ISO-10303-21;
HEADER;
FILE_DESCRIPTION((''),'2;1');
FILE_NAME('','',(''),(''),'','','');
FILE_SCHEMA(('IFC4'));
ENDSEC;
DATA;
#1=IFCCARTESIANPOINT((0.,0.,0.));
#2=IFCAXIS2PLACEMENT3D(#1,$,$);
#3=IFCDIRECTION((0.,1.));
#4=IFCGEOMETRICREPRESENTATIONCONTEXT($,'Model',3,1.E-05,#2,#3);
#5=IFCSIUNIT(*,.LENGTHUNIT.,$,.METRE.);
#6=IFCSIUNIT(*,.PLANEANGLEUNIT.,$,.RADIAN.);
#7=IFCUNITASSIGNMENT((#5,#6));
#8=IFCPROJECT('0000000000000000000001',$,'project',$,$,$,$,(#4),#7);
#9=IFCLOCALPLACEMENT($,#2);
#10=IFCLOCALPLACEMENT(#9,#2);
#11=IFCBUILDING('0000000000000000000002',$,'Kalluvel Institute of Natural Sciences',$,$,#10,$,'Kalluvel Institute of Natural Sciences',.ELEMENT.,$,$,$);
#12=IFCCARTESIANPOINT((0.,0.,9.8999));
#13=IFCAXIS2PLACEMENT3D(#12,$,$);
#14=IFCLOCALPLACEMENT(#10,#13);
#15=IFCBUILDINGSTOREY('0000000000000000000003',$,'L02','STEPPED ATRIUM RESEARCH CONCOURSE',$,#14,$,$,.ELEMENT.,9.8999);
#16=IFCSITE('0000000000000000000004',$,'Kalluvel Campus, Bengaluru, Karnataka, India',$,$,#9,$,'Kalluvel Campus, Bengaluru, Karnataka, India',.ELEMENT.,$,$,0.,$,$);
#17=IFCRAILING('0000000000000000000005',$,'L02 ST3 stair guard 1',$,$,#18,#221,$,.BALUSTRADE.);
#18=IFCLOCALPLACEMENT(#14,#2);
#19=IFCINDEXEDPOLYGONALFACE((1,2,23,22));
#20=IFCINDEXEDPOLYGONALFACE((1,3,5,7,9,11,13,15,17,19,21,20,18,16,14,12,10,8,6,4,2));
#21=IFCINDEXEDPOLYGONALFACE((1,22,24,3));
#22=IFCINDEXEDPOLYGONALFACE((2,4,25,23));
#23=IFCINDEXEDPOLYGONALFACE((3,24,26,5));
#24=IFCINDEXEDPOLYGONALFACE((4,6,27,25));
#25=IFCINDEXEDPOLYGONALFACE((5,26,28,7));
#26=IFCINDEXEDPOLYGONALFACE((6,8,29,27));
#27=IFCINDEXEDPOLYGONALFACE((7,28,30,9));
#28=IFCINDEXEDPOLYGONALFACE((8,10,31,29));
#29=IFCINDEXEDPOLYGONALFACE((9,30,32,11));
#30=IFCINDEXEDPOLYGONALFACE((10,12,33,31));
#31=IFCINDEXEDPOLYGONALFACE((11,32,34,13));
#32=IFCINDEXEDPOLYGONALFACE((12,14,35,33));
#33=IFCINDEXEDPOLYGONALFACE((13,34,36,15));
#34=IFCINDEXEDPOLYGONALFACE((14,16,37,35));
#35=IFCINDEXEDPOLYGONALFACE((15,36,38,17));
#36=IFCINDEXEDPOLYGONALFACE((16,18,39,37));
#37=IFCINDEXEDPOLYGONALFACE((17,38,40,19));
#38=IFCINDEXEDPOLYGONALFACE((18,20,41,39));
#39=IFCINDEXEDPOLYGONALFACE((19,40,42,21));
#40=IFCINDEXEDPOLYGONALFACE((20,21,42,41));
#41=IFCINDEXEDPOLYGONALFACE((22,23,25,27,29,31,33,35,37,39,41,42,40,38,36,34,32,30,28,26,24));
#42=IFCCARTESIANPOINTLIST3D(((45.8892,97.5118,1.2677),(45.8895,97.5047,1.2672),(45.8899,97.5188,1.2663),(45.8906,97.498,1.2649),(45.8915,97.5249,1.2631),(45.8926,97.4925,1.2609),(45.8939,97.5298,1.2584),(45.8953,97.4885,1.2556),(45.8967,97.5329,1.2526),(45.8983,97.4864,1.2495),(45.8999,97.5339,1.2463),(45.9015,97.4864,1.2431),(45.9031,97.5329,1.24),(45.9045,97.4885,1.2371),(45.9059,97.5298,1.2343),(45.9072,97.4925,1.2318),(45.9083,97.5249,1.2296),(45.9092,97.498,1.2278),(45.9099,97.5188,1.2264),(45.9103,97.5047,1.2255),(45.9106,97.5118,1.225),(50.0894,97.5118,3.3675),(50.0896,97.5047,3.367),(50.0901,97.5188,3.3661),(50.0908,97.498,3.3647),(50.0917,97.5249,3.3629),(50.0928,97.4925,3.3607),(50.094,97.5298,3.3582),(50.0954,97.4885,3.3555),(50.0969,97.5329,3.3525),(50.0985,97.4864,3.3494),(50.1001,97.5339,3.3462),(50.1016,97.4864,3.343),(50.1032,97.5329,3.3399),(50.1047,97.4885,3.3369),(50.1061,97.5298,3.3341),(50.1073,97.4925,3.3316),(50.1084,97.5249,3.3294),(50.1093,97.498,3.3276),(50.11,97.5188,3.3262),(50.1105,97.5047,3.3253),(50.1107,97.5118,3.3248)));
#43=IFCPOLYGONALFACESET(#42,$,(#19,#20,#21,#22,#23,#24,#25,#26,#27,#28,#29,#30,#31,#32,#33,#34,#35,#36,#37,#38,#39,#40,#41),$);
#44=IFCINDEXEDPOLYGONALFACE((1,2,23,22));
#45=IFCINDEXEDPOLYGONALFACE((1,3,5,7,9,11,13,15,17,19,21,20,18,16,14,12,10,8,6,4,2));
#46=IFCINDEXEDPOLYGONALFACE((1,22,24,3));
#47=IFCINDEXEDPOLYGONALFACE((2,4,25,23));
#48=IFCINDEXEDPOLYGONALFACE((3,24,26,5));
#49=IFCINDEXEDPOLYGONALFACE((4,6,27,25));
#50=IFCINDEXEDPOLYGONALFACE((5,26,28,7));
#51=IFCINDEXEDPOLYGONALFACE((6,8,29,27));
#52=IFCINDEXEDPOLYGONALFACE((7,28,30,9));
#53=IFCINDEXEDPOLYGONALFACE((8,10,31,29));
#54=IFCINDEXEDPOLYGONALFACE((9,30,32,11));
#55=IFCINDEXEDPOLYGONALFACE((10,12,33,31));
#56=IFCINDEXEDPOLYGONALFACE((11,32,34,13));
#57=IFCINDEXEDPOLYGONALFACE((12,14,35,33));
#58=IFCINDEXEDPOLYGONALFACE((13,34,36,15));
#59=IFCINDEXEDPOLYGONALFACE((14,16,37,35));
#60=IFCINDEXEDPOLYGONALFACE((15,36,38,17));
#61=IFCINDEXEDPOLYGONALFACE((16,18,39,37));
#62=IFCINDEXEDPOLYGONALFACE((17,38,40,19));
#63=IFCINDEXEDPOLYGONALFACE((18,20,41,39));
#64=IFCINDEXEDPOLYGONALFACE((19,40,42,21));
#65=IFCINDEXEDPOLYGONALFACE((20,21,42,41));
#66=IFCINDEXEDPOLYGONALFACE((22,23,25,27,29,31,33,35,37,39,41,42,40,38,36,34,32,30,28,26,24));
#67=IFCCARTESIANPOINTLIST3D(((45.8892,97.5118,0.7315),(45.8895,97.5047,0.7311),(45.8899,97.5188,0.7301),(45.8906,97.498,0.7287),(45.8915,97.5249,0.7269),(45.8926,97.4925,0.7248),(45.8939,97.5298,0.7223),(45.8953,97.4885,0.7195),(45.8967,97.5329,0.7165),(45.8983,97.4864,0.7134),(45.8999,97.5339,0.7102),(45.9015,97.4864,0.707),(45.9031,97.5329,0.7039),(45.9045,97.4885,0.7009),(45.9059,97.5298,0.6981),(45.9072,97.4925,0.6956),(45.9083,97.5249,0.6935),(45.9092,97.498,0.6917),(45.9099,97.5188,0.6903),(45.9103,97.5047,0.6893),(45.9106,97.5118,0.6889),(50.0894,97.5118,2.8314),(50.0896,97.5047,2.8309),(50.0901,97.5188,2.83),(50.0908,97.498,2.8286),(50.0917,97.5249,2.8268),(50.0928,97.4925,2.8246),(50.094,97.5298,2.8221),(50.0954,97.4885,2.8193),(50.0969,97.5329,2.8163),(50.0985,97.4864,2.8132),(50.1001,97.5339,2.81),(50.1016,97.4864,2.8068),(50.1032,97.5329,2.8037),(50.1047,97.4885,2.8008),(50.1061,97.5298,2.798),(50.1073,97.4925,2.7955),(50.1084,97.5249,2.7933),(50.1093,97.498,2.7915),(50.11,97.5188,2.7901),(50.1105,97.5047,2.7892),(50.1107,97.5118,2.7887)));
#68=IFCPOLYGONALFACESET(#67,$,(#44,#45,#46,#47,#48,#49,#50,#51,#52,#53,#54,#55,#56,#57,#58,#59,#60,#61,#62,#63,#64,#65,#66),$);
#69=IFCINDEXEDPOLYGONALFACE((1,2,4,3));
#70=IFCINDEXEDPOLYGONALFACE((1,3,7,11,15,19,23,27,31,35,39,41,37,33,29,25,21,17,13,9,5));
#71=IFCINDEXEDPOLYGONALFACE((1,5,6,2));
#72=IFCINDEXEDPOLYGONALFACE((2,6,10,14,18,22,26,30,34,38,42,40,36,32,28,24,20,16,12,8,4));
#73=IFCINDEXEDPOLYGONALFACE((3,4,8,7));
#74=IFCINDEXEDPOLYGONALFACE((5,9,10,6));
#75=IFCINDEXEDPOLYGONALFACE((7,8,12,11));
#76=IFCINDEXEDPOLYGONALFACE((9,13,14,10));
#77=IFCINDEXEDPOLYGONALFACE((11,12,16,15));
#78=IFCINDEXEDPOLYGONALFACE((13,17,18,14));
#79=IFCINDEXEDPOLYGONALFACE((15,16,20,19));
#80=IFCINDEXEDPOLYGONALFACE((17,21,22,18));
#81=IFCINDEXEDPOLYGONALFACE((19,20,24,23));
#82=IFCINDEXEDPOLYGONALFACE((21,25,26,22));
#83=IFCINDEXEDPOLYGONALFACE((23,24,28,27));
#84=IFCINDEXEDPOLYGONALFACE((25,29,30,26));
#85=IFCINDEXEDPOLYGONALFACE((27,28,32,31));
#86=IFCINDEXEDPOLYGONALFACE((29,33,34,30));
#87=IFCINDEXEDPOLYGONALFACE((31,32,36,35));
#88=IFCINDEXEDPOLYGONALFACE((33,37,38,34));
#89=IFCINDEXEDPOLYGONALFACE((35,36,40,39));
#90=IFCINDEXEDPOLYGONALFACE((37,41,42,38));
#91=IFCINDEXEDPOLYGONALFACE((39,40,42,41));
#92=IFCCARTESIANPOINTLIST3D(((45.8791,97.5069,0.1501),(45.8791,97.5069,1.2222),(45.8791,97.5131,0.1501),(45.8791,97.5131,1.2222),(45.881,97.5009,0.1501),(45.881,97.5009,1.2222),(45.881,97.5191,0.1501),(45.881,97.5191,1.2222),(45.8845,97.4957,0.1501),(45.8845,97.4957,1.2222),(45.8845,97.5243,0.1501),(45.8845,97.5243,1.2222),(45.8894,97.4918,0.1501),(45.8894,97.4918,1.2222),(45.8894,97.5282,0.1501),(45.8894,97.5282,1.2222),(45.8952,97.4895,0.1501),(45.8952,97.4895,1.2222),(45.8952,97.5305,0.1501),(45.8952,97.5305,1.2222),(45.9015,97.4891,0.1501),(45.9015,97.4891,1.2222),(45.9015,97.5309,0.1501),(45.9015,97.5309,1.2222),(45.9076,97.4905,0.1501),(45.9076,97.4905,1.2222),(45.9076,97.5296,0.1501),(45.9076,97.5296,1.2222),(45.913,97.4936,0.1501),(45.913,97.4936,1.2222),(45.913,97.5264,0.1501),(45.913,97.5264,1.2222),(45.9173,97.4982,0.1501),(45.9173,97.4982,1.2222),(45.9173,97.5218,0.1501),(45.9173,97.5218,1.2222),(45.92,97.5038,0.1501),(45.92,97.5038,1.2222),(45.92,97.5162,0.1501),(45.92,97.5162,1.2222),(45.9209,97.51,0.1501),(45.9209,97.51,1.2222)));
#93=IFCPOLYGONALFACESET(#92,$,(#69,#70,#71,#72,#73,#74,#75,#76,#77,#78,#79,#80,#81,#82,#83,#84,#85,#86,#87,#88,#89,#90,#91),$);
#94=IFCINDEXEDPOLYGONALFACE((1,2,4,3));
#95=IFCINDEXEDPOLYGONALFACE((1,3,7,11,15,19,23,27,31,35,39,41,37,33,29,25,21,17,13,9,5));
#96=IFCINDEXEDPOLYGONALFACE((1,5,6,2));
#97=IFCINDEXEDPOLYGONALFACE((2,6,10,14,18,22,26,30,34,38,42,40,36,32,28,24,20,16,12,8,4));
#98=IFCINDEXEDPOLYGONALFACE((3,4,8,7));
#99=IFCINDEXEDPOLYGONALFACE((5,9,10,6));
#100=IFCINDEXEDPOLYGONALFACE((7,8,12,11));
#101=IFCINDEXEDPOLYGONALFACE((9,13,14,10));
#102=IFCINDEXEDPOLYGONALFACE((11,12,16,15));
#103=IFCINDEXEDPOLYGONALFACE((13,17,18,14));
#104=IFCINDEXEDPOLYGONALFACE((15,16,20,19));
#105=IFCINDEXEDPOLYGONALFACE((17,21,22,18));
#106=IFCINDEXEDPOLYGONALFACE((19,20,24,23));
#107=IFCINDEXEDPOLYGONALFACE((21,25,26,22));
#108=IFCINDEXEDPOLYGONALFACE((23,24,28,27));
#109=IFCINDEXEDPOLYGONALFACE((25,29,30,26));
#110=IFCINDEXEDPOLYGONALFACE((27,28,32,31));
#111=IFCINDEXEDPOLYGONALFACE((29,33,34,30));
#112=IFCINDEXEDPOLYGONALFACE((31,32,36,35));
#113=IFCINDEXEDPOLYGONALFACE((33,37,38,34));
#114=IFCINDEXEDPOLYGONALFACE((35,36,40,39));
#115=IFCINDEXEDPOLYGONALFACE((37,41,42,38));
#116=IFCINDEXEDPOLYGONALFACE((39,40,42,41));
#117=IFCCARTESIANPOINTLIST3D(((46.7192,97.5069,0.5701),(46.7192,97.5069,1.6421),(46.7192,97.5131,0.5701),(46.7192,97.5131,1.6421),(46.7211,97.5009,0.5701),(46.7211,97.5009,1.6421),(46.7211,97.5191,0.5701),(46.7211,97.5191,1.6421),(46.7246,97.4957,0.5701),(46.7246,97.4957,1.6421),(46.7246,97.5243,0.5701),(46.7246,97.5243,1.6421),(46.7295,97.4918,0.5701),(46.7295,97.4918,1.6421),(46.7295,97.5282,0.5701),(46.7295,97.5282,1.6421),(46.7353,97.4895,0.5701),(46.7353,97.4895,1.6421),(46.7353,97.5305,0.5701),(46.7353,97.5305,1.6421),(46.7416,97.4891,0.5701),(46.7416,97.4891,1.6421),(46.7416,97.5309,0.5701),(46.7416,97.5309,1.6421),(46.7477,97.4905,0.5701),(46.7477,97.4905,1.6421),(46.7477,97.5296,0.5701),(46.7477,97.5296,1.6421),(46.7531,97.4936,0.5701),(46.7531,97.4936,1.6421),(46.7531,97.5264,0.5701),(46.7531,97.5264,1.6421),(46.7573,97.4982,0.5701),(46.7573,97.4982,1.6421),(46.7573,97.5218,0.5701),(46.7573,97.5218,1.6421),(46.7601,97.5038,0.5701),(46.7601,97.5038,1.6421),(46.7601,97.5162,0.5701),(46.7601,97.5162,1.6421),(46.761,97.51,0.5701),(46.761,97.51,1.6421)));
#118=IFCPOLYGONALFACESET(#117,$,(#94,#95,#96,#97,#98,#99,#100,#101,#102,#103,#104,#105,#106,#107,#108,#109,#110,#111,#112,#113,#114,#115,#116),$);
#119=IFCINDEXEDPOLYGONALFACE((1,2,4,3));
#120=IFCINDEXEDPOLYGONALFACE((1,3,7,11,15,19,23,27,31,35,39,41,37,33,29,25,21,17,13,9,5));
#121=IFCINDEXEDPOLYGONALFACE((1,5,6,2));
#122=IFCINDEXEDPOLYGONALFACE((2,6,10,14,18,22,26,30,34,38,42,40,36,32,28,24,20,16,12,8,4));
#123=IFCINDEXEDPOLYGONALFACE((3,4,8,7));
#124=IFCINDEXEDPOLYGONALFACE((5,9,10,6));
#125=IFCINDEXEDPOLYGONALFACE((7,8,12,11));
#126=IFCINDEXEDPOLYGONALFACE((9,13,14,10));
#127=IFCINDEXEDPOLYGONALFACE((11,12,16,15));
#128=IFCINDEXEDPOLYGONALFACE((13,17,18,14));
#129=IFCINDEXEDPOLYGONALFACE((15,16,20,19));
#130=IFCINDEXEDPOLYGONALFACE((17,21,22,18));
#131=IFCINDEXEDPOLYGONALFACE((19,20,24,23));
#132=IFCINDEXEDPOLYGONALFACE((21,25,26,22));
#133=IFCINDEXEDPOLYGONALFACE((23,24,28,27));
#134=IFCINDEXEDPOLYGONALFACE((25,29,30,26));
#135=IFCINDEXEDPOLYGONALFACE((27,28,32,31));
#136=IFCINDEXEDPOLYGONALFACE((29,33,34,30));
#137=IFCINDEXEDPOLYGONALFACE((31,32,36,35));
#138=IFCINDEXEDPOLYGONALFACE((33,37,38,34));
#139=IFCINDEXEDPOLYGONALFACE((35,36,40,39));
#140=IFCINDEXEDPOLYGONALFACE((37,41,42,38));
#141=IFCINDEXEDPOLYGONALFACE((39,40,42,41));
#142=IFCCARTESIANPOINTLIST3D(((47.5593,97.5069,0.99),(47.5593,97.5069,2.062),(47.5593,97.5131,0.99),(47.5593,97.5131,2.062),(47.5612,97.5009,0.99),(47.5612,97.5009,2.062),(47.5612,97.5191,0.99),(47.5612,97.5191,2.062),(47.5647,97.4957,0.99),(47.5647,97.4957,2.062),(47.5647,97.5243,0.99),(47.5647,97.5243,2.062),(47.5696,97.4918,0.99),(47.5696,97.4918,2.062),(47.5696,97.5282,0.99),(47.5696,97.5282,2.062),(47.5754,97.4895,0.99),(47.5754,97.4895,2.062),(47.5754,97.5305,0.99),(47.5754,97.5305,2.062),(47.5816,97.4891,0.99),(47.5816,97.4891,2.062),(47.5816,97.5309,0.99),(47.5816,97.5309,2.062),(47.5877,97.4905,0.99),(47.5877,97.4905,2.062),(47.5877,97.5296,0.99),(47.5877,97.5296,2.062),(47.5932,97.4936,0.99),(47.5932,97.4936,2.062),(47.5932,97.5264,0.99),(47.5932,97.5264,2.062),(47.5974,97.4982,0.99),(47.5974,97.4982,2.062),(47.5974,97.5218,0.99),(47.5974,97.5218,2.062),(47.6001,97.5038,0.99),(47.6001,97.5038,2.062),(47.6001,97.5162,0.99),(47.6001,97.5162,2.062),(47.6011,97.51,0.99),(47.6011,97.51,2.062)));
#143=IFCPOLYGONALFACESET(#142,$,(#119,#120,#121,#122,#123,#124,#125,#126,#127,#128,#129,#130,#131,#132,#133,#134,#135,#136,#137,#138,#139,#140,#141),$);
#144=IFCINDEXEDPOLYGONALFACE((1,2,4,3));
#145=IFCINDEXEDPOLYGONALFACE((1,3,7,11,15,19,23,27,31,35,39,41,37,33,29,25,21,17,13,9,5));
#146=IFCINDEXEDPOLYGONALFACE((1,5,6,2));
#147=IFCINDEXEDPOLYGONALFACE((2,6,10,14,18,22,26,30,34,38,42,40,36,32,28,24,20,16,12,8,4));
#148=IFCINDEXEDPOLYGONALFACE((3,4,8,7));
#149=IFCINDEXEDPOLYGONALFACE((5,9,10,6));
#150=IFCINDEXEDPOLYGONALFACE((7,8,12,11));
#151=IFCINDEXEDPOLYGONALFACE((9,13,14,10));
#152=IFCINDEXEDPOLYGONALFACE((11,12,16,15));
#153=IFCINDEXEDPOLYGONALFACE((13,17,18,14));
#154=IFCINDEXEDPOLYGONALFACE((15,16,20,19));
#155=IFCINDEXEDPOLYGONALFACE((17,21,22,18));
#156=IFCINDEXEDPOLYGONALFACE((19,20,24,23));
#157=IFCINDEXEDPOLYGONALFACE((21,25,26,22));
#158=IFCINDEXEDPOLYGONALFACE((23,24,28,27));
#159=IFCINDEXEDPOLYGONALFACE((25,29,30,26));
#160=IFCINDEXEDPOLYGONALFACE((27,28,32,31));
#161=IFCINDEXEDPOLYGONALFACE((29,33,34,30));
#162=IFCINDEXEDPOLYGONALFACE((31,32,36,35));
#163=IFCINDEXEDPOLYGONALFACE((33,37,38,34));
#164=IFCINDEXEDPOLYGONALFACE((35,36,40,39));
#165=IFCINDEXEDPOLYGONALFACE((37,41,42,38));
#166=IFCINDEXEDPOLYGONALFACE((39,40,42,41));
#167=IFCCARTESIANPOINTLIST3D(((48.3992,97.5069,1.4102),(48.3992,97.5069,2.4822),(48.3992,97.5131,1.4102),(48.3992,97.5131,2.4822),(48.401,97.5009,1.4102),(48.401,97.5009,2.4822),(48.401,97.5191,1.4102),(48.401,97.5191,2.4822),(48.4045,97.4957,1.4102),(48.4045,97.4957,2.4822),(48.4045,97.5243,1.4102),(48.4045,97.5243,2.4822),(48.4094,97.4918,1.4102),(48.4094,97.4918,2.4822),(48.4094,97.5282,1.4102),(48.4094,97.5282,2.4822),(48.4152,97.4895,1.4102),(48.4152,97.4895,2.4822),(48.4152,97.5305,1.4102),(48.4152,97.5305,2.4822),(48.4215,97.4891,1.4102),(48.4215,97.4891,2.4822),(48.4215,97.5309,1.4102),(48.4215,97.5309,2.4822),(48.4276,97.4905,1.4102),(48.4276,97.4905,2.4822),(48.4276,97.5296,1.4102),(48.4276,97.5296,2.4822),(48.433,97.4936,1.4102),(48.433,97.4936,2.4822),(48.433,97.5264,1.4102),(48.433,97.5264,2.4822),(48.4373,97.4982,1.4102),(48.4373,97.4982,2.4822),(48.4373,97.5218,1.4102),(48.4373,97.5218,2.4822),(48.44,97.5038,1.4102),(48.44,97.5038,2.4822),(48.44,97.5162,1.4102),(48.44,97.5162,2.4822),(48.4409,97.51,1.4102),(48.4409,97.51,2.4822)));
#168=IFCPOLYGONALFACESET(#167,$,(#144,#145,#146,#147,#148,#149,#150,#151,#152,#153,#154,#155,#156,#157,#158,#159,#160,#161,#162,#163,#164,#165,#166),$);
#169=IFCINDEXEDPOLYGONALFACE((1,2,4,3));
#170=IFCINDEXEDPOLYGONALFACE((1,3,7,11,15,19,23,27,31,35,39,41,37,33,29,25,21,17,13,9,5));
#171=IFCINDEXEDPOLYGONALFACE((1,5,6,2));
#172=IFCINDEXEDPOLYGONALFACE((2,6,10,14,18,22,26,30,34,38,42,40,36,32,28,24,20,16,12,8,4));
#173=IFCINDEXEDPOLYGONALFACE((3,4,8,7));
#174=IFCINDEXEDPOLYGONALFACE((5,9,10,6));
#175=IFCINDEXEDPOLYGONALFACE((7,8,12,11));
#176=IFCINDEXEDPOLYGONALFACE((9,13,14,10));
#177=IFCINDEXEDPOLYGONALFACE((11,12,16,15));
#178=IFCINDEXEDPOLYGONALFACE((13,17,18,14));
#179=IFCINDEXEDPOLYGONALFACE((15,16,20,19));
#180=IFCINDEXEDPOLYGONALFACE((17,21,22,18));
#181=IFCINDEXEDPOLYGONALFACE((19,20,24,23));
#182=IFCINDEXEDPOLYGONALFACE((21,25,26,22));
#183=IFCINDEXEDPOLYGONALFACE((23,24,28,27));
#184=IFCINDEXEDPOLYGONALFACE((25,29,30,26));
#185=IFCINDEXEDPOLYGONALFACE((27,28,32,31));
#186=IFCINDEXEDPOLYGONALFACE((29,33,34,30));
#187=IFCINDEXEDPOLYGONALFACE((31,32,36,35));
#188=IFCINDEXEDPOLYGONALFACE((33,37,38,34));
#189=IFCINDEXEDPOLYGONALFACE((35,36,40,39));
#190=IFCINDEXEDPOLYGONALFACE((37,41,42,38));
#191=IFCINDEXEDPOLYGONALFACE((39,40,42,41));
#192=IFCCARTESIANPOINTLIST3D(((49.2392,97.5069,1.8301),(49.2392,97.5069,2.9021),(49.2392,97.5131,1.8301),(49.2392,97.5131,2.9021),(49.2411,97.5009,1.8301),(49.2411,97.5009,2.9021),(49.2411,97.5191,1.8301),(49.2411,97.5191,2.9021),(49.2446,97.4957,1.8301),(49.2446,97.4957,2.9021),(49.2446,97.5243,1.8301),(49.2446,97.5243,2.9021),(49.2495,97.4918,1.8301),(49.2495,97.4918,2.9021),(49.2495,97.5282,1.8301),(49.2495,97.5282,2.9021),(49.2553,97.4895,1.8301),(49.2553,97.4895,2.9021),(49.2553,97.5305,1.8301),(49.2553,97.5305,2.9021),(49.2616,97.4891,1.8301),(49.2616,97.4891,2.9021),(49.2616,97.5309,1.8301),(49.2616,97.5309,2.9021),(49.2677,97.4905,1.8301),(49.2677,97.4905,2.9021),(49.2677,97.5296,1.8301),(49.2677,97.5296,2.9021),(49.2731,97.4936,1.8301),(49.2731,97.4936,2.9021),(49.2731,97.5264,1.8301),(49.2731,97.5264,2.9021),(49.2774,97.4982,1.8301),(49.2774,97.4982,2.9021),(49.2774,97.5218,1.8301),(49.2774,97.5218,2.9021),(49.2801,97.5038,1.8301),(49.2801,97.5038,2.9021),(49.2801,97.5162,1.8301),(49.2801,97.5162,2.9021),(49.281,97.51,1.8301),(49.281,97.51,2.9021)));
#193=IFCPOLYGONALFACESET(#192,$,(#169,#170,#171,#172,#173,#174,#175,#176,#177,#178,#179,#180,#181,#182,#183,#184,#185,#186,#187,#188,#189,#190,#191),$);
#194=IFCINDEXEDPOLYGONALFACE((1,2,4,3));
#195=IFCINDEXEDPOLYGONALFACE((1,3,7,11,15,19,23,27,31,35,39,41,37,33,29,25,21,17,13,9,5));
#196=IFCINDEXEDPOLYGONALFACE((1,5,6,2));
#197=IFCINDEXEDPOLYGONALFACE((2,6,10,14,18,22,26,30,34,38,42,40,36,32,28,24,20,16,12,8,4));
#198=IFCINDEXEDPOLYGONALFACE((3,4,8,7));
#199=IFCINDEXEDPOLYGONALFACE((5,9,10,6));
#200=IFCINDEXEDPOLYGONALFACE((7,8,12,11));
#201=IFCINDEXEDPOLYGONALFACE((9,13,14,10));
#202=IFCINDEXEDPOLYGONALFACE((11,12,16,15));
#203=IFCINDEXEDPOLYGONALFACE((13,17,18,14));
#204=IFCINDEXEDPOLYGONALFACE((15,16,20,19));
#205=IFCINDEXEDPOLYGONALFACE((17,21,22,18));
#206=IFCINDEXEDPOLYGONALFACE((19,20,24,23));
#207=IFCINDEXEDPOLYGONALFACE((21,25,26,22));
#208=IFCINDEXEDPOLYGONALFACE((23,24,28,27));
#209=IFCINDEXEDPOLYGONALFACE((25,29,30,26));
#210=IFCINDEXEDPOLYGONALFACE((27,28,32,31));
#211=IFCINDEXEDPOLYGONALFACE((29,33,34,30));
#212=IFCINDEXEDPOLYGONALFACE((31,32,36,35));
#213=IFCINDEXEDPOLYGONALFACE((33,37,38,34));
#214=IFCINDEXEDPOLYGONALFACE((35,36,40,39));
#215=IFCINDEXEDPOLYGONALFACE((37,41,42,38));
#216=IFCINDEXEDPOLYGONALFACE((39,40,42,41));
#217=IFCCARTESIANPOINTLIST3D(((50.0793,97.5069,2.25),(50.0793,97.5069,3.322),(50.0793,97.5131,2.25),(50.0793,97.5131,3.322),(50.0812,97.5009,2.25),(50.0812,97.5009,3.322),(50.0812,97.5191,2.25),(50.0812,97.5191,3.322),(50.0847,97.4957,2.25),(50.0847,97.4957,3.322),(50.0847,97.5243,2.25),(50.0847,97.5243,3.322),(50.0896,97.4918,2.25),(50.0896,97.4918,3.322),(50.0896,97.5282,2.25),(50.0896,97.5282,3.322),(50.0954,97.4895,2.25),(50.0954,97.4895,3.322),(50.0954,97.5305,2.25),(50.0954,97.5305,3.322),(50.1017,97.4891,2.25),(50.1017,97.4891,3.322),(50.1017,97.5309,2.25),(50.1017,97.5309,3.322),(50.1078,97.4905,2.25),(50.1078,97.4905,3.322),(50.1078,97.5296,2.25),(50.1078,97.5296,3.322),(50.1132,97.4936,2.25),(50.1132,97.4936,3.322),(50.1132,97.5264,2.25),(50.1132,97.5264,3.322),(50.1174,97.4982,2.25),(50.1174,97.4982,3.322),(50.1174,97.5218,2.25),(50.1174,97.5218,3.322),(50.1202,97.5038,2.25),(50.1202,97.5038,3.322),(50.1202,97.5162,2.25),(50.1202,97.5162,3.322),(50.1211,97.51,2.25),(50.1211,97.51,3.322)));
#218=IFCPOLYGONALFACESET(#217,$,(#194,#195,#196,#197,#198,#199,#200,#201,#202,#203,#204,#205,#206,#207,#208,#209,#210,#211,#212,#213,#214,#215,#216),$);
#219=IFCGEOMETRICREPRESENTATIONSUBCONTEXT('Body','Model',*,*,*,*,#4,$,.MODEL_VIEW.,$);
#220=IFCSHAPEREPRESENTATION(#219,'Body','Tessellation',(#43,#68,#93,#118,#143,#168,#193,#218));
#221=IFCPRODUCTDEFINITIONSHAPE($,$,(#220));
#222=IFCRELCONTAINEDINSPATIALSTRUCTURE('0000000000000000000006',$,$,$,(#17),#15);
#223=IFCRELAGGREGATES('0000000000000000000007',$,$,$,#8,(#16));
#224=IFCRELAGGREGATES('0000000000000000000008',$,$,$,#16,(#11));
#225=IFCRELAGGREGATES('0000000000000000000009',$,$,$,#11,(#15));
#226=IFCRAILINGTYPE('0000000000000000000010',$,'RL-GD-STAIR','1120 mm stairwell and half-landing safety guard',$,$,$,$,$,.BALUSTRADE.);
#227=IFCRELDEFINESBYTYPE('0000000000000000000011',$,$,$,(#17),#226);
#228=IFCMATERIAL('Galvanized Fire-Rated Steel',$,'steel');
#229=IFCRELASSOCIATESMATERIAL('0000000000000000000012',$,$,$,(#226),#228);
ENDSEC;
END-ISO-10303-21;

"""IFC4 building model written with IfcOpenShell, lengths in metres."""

from ifc_helpers import new_model, si_unit, direction, frame, origin, origin_2d, place, context, subcontext, project, spatial, circle, extrude, material, type_object, element, save


model = new_model("IFC4")

# Units and contexts
model_context = context("Model", 3, precision=1e-05, world=origin(), true_north=direction((0.0, 1.0)))
body_context = subcontext(model_context, "Body", "Model", "MODEL_VIEW")
ifc_project = project(units=[si_unit("LENGTHUNIT", "METRE"), si_unit("PLANEANGLEUNIT", "RADIAN")], contexts=[model_context])

# Site, building, storey
site_placement = place(None, origin())
site = spatial("IfcSite", under=ifc_project, at=site_placement, Name="Kalluvel Campus, Bengaluru, Karnataka, India", LongName="Kalluvel Campus, Bengaluru, Karnataka, India", CompositionType="ELEMENT", RefElevation=0.0)
building_placement = place(site_placement, origin())
building = spatial("IfcBuilding", under=site, at=building_placement, Name="Kalluvel Institute of Natural Sciences", LongName="Kalluvel Institute of Natural Sciences", CompositionType="ELEMENT")
storey_placement = place(building_placement, frame((0.0, 0.0, 9.8999)))
storey = spatial("IfcBuildingStorey", under=building, at=storey_placement, Name="L02", Description="STEPPED ATRIUM RESEARCH CONCOURSE", CompositionType="ELEMENT", Elevation=9.8999)

# Shared definitions
ifc_material_1 = material(Name="Galvanized Fire-Rated Steel", Category="steel")

# Railing
railing_type_1 = type_object("IfcRailingType", Name="RL-GD-STAIR", Description="1120 mm stairwell and half-landing safety guard", PredefinedType="BALUSTRADE", material=ifc_material_1)
railing_1_placement = place(storey_placement, frame((45.8999, 97.51, 0.1501)))
element("IfcRailing", 1, at=railing_1_placement, inside=storey, type_object=railing_type_1, Name="L02 ST3 stair guard 1", PredefinedType="BALUSTRADE", context=body_context, shape_type="SweptSolid", body=[
    extrude(circle(Radius=0.0239, at=origin_2d()), frame((0.0, 0.0, 1.0962), z_axis=(0.894448, 0.0, 0.447172), x_axis=(0.0, 1.0, 0.0)), (0.0, 0.0, 1.0), 4.6958),
    extrude(circle(Radius=0.0239, at=origin_2d()), frame((0.0, 0.0, 0.5601), z_axis=(0.894448, 0.0, 0.447172), x_axis=(0.0, 1.0, 0.0)), (0.0, 0.0, 1.0), 4.6958),
    extrude(circle(Radius=0.021, at=origin_2d()), origin(), (0.0, 0.0, 1.0), 1.072),
    extrude(circle(Radius=0.021, at=origin_2d()), frame((0.8401, 0.0, 0.4199)), (0.0, 0.0, 1.0), 1.072),
    extrude(circle(Radius=0.021, at=origin_2d()), frame((1.6802, 0.0, 0.8398)), (0.0, 0.0, 1.0), 1.072),
    extrude(circle(Radius=0.021, at=origin_2d()), frame((2.52, 0.0, 1.26)), (0.0, 0.0, 1.0), 1.072),
    extrude(circle(Radius=0.021, at=origin_2d()), frame((3.3601, 0.0, 1.6799)), (0.0, 0.0, 1.0), 1.072),
    extrude(circle(Radius=0.021, at=origin_2d()), frame((4.2002, 0.0, 2.0999)), (0.0, 0.0, 1.0), 1.072),
])

save(model, "model.ifc")
